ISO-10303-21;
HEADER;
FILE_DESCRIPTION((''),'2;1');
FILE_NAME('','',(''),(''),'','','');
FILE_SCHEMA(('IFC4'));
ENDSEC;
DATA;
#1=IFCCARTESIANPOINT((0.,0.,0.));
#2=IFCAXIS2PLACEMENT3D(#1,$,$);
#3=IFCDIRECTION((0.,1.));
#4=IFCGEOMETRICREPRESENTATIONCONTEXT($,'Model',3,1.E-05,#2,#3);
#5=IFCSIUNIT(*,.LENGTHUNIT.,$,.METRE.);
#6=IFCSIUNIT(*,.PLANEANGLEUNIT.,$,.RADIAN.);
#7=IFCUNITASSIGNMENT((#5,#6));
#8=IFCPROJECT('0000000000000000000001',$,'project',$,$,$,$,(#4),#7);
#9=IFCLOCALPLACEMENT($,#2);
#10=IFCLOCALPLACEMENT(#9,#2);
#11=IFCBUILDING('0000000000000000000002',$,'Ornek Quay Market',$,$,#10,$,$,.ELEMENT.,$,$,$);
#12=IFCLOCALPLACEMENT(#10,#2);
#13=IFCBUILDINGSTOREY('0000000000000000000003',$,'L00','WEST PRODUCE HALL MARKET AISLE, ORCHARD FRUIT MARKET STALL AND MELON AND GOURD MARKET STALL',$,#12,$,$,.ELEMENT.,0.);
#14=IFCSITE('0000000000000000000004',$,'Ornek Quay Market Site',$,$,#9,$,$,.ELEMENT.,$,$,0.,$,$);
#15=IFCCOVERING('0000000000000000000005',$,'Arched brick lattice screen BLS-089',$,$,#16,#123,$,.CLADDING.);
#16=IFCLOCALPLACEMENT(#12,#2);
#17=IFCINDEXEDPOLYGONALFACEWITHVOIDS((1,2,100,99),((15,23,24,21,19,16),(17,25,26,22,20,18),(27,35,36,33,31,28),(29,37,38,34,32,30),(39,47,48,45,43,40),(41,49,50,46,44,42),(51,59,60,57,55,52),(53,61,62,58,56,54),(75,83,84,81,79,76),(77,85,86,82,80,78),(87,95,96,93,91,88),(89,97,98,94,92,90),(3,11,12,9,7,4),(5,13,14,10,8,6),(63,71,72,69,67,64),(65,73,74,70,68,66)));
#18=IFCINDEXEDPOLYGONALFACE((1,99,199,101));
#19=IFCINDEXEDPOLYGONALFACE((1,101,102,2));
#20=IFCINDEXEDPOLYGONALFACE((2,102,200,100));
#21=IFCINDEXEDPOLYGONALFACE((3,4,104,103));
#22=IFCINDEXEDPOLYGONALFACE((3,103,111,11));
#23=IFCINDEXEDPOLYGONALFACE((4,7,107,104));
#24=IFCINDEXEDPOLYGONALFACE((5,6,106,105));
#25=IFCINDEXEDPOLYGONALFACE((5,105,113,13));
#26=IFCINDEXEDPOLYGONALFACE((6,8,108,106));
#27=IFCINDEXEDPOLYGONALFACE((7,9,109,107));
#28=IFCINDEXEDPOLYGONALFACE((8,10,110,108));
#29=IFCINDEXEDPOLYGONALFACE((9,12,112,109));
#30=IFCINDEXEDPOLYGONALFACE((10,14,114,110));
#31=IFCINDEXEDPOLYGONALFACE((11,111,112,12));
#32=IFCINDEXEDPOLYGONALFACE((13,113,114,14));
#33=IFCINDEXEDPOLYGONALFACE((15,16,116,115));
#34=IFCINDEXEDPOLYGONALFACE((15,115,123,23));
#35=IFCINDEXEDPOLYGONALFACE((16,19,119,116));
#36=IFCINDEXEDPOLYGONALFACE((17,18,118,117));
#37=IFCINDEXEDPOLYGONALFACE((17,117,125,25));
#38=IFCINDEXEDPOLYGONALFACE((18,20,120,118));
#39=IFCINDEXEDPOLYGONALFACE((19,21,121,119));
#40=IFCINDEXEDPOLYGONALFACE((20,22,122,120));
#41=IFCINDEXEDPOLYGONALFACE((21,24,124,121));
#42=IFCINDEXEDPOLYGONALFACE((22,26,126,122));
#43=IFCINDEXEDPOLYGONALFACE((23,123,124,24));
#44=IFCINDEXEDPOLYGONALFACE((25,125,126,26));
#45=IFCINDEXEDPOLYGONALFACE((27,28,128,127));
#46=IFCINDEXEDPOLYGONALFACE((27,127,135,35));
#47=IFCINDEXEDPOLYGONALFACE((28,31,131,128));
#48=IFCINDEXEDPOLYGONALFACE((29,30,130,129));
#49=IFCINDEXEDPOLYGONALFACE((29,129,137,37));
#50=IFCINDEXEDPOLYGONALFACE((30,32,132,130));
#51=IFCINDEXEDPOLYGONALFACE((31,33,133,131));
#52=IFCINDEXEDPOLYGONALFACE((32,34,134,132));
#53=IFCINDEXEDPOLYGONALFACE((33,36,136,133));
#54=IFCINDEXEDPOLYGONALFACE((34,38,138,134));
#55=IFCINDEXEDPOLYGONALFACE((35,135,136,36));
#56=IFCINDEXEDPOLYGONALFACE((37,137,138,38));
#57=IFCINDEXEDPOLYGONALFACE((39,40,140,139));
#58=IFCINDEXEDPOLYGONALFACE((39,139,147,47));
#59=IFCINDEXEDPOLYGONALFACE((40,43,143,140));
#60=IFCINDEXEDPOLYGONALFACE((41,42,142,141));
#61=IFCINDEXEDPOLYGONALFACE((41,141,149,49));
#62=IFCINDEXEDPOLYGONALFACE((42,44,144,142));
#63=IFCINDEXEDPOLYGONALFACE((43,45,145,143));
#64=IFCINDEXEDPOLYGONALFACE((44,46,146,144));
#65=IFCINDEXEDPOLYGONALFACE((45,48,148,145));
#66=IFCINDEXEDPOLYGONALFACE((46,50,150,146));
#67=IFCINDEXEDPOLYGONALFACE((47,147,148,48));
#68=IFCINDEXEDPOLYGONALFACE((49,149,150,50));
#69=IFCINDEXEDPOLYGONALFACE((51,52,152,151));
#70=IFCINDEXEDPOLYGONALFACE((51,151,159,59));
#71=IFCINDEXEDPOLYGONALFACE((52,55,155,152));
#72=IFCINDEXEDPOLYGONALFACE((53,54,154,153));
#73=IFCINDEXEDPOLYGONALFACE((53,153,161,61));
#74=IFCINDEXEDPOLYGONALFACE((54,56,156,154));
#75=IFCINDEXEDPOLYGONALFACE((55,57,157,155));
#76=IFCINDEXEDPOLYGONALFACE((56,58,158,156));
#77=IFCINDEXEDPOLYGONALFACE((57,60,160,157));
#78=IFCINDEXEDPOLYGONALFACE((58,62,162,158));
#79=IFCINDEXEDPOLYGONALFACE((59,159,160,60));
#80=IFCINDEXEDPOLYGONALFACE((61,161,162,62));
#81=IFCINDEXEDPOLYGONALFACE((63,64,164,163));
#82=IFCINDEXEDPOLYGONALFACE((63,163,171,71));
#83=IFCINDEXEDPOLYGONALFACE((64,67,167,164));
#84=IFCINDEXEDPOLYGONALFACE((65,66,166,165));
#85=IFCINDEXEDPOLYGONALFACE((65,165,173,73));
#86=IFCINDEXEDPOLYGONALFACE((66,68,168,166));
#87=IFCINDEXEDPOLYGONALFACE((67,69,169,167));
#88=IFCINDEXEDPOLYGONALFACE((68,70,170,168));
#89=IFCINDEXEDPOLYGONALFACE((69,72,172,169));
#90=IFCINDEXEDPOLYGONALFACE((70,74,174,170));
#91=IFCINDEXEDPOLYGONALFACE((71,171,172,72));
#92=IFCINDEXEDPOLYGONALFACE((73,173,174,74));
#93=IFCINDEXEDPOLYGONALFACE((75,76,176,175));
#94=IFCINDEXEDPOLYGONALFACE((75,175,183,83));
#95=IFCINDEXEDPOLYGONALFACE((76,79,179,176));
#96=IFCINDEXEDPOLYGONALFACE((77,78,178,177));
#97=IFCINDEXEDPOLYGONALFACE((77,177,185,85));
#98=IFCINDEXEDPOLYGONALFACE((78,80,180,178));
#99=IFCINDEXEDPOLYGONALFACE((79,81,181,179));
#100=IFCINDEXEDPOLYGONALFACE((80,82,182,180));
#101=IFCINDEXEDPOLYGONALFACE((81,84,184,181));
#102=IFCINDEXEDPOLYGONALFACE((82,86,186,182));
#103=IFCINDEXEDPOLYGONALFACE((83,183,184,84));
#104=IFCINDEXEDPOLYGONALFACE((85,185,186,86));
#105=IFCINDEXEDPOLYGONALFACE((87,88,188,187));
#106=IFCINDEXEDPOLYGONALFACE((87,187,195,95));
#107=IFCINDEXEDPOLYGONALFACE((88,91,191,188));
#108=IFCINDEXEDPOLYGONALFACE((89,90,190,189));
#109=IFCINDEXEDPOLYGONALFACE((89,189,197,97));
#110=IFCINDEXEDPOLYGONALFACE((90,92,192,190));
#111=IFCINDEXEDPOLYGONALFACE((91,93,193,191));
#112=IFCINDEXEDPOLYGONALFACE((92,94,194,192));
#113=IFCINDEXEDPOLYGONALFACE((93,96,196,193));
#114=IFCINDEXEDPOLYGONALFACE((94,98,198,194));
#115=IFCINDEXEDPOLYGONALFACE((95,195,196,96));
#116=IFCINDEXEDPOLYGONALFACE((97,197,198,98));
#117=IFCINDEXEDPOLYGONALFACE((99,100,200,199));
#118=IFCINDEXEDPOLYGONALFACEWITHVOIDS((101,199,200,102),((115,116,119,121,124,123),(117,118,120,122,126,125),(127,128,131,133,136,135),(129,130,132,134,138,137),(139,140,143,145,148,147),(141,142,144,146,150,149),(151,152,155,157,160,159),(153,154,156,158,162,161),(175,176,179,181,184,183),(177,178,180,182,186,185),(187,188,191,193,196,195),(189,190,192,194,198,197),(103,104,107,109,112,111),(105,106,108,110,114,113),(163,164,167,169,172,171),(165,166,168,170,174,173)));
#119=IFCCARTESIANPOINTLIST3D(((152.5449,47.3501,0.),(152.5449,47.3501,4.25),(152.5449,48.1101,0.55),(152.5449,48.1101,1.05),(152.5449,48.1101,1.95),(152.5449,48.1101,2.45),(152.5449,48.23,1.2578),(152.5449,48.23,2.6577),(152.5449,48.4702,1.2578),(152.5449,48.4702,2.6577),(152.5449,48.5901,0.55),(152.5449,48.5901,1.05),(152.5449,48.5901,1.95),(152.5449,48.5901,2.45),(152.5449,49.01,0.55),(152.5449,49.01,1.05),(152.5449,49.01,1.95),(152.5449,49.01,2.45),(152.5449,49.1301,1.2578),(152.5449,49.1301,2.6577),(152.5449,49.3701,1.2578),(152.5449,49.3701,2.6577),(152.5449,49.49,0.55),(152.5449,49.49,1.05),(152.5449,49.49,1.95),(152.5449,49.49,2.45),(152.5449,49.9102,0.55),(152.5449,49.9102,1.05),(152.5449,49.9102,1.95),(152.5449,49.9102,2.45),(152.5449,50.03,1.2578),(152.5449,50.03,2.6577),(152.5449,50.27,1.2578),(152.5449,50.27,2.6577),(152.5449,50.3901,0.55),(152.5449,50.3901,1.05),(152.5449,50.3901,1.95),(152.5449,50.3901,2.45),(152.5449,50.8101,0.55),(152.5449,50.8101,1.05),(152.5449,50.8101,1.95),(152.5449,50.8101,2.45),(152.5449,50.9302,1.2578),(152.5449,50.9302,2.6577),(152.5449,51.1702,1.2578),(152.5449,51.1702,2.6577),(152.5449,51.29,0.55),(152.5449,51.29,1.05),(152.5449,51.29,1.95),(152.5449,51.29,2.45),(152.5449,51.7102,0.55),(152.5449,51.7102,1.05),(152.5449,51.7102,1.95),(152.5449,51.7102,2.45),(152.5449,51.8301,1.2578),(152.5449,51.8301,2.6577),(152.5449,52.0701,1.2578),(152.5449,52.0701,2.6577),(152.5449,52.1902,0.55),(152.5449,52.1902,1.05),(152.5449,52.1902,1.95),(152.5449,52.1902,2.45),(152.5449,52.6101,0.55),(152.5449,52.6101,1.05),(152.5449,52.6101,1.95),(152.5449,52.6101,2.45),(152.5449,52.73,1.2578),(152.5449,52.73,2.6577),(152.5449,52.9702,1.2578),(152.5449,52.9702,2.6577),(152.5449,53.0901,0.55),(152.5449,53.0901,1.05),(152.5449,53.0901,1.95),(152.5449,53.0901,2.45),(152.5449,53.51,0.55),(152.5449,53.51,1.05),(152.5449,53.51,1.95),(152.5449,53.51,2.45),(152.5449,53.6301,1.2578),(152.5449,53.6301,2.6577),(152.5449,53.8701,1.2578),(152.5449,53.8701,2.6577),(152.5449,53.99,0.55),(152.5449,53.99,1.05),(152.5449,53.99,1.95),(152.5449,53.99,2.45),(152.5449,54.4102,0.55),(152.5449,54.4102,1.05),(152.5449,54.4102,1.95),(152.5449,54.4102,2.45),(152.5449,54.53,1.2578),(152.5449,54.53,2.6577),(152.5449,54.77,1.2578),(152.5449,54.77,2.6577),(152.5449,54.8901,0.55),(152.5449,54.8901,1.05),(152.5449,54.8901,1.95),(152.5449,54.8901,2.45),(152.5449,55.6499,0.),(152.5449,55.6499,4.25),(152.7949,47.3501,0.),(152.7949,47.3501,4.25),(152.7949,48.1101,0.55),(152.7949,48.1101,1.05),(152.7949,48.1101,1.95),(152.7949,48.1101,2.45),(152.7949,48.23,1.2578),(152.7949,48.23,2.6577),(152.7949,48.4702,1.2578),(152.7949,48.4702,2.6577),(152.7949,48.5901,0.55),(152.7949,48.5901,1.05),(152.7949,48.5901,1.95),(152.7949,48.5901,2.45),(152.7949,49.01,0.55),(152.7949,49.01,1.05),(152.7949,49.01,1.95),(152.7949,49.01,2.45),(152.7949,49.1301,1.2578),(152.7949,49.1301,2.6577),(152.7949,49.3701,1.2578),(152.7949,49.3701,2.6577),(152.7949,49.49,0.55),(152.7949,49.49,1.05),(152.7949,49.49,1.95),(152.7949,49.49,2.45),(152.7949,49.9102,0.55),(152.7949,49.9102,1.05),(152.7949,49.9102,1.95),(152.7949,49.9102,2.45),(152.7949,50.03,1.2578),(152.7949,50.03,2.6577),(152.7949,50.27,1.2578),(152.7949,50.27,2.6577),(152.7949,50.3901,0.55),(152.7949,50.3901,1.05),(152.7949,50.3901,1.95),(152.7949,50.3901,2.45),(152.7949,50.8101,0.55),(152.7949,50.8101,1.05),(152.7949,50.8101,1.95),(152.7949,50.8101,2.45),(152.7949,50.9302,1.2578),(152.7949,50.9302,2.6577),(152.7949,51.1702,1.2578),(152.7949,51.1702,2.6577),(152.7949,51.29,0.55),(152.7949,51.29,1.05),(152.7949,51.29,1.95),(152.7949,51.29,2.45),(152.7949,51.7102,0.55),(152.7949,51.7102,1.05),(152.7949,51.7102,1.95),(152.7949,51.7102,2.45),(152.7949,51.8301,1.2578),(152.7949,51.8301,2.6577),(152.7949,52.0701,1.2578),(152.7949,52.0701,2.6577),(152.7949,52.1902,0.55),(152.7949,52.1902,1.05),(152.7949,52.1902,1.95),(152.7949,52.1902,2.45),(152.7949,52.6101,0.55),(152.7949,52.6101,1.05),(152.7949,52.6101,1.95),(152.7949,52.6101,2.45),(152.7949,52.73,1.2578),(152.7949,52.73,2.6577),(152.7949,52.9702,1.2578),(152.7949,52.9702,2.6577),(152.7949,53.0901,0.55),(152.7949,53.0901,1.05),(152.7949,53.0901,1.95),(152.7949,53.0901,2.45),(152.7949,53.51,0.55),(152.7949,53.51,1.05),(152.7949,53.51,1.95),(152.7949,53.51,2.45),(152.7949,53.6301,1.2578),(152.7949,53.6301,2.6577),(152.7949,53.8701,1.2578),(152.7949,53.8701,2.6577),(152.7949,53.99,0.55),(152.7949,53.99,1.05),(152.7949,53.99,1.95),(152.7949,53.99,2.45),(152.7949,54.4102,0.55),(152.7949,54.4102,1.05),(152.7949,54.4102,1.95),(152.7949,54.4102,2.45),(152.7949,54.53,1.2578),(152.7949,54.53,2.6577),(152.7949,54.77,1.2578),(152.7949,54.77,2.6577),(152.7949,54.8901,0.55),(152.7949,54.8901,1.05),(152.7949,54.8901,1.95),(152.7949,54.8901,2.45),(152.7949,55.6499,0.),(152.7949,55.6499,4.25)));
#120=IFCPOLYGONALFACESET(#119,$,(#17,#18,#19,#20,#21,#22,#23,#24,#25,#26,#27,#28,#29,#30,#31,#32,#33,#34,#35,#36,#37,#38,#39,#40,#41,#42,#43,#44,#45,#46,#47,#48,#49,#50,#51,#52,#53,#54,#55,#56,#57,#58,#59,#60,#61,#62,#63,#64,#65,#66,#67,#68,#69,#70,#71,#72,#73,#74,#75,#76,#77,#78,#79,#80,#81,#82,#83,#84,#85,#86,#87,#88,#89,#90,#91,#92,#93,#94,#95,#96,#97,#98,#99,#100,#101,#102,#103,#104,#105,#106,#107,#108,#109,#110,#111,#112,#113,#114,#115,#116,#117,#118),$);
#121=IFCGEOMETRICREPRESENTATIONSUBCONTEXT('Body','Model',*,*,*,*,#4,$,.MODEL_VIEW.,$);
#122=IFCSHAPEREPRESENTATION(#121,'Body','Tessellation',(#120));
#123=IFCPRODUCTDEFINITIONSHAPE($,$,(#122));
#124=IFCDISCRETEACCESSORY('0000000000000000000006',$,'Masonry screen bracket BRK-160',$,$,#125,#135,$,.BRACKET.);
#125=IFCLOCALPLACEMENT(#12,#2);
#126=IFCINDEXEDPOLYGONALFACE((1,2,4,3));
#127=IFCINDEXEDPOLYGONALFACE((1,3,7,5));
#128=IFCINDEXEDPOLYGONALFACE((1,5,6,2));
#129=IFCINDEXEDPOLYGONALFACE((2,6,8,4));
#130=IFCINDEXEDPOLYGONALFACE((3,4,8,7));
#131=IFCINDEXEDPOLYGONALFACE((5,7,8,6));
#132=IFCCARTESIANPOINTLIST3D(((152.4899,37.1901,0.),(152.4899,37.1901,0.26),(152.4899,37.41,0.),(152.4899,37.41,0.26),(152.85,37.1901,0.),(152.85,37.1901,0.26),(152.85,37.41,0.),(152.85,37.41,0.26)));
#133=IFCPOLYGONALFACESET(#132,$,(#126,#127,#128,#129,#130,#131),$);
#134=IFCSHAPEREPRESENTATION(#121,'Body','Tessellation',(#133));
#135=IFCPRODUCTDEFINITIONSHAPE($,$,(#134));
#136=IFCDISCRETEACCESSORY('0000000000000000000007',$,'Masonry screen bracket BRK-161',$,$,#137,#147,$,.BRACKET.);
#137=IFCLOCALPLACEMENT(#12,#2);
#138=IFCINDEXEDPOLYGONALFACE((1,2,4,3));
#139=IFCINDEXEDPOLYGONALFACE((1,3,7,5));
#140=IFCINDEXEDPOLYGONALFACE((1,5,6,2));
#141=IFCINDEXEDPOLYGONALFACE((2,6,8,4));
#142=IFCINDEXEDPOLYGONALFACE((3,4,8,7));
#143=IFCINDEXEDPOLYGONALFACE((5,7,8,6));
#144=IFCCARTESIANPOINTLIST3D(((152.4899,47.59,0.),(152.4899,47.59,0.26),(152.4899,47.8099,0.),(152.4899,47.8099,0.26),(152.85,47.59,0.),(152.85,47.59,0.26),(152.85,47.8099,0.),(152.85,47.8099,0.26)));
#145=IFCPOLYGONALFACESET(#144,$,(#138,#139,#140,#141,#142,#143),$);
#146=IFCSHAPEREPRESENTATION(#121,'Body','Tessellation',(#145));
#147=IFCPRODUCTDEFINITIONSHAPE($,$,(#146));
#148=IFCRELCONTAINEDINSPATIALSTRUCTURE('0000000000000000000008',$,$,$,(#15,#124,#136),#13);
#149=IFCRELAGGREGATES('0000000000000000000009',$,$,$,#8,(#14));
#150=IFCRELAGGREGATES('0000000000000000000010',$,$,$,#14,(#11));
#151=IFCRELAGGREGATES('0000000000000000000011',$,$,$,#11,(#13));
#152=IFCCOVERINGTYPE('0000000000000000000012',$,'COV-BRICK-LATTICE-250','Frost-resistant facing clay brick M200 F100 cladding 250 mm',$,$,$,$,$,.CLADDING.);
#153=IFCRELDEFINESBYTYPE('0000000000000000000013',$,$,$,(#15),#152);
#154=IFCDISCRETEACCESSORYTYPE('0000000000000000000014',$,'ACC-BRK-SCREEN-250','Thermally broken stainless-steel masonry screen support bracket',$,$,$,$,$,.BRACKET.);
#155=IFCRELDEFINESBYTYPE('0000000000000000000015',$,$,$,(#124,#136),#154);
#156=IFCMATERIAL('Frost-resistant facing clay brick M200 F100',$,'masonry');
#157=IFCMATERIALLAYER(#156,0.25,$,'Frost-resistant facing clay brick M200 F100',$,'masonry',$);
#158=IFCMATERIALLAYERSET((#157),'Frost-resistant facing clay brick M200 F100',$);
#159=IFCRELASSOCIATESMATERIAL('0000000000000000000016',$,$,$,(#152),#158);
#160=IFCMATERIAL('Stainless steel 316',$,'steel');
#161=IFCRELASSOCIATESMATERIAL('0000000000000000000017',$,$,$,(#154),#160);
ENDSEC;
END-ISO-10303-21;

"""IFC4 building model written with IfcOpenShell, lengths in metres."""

from ifc_helpers import new_model, si_unit, direction, frame, origin, origin_2d, place, context, subcontext, project, spatial, polyline, rectangle, outline, extrude, material, layer, layer_set, type_object, element, save


model = new_model("IFC4")

# Units and contexts
model_context = context("Model", 3, precision=1e-05, world=origin(), true_north=direction((0.0, 1.0)))
body_context = subcontext(model_context, "Body", "Model", "MODEL_VIEW")
ifc_project = project(units=[si_unit("LENGTHUNIT", "METRE"), si_unit("PLANEANGLEUNIT", "RADIAN")], contexts=[model_context])

# Site, building, storey
site_placement = place(None, origin())
site = spatial("IfcSite", under=ifc_project, at=site_placement, Name="Ornek Quay Market Site", CompositionType="ELEMENT", RefElevation=0.0)
building_placement = place(site_placement, origin())
building = spatial("IfcBuilding", under=site, at=building_placement, Name="Ornek Quay Market", CompositionType="ELEMENT")
storey_placement = place(building_placement, origin())
storey = spatial("IfcBuildingStorey", under=building, at=storey_placement, Name="L00", Description="WEST PRODUCE HALL MARKET AISLE, ORCHARD FRUIT MARKET STALL AND MELON AND GOURD MARKET STALL", CompositionType="ELEMENT", Elevation=0.0)

# Shared definitions
ifc_material_1 = material(Name="Frost-resistant facing clay brick M200 F100", Category="masonry")

# Covering
ifc_layer_1 = layer(ifc_material_1, 0.25, Name="Frost-resistant facing clay brick M200 F100", Category="masonry")
ifc_layer_set_1 = layer_set([ifc_layer_1], Name="Frost-resistant facing clay brick M200 F100")
covering_type = type_object("IfcCoveringType", Name="COV-BRICK-LATTICE-250", Description="Frost-resistant facing clay brick M200 F100 cladding 250 mm", PredefinedType="CLADDING", material=ifc_layer_set_1)
covering_placement = place(storey_placement, frame((152.6699, 47.3501, 0.0), z_axis=(0.0, 0.0, 1.0), x_axis=(0.0, 1.0, 0.0)))
element("IfcCovering", 1, at=covering_placement, inside=storey, type_object=covering_type, Name="Arched brick lattice screen BLS-089", PredefinedType="CLADDING", context=body_context, shape_type="SweptSolid", body=[
    extrude(outline(polyline([(0.0, 0.0), (8.2998, 0.0), (8.2998, 4.25), (0.0, 4.25), (0.0, 0.0)]), holes=[polyline([(0.76, 0.55), (1.24, 0.55), (1.24, 1.05), (1.1201, 1.2578), (0.8799, 1.2578), (0.76, 1.05), (0.76, 0.55)]), polyline([(0.76, 1.95), (1.24, 1.95), (1.24, 2.45), (1.1201, 2.6577), (0.8799, 2.6577), (0.76, 2.45), (0.76, 1.95)]), polyline([(1.6599, 0.55), (2.1399, 0.55), (2.1399, 1.05), (2.02, 1.2578), (1.78, 1.2578), (1.6599, 1.05), (1.6599, 0.55)]), polyline([(1.6599, 1.95), (2.1399, 1.95), (2.1399, 2.45), (2.02, 2.6577), (1.78, 2.6577), (1.6599, 2.45), (1.6599, 1.95)]), polyline([(2.5601, 0.55), (3.04, 0.55), (3.04, 1.05), (2.9199, 1.2578), (2.6799, 1.2578), (2.5601, 1.05), (2.5601, 0.55)]), polyline([(2.5601, 1.95), (3.04, 1.95), (3.04, 2.45), (2.9199, 2.6577), (2.6799, 2.6577), (2.5601, 2.45), (2.5601, 1.95)]), polyline([(3.46, 0.55), (3.9399, 0.55), (3.9399, 1.05), (3.8201, 1.2578), (3.5801, 1.2578), (3.46, 1.05), (3.46, 0.55)]), polyline([(3.46, 1.95), (3.9399, 1.95), (3.9399, 2.45), (3.8201, 2.6577), (3.5801, 2.6577), (3.46, 2.45), (3.46, 1.95)]), polyline([(4.3601, 0.55), (4.8401, 0.55), (4.8401, 1.05), (4.72, 1.2578), (4.48, 1.2578), (4.3601, 1.05), (4.3601, 0.55)]), polyline([(4.3601, 1.95), (4.8401, 1.95), (4.8401, 2.45), (4.72, 2.6577), (4.48, 2.6577), (4.3601, 2.45), (4.3601, 1.95)]), polyline([(5.26, 0.55), (5.74, 0.55), (5.74, 1.05), (5.6201, 1.2578), (5.3799, 1.2578), (5.26, 1.05), (5.26, 0.55)]), polyline([(5.26, 1.95), (5.74, 1.95), (5.74, 2.45), (5.6201, 2.6577), (5.3799, 2.6577), (5.26, 2.45), (5.26, 1.95)]), polyline([(6.1599, 0.55), (6.6399, 0.55), (6.6399, 1.05), (6.52, 1.2578), (6.28, 1.2578), (6.1599, 1.05), (6.1599, 0.55)]), polyline([(6.1599, 1.95), (6.6399, 1.95), (6.6399, 2.45), (6.52, 2.6577), (6.28, 2.6577), (6.1599, 2.45), (6.1599, 1.95)]), polyline([(7.0601, 0.55), (7.54, 0.55), (7.54, 1.05), (7.4199, 1.2578), (7.1799, 1.2578), (7.0601, 1.05), (7.0601, 0.55)]), polyline([(7.0601, 1.95), (7.54, 1.95), (7.54, 2.45), (7.4199, 2.6577), (7.1799, 2.6577), (7.0601, 2.45), (7.0601, 1.95)])]), frame((0.0, 0.125, 0.0), z_axis=(0.0, -1.0, 0.0), x_axis=(1.0, 0.0, 0.0)), (0.0, 0.0, 1.0), 0.25),
])

# Discrete accessories
ifc_material_2 = material(Name="Stainless steel 316", Category="steel")
discrete_accessory_type = type_object("IfcDiscreteAccessoryType", Name="ACC-BRK-SCREEN-250", Description="Thermally broken stainless-steel masonry screen support bracket", PredefinedType="BRACKET", material=ifc_material_2)
for number, where, z_axis, x_axis, name in (
    (2, (152.6699, 37.3, 0.0), (0.0, 0.0, 1.0), (0.0, 1.0, 0.0), "Masonry screen bracket BRK-160"),
    (3, (152.6699, 47.7, 0.0), (0.0, 0.0, 1.0), (0.0, 1.0, 0.0), "Masonry screen bracket BRK-161"),
):
    element("IfcDiscreteAccessory", number, at=place(storey_placement, frame(where, z_axis=z_axis, x_axis=x_axis)), inside=storey, type_object=discrete_accessory_type, Name=name, PredefinedType="BRACKET", context=body_context, shape_type="SweptSolid", body=[
        extrude(rectangle(XDim=0.22, YDim=0.3601, at=origin_2d()), origin(), (0.0, 0.0, 1.0), 0.26),
    ])

save(model, "model.ifc")
